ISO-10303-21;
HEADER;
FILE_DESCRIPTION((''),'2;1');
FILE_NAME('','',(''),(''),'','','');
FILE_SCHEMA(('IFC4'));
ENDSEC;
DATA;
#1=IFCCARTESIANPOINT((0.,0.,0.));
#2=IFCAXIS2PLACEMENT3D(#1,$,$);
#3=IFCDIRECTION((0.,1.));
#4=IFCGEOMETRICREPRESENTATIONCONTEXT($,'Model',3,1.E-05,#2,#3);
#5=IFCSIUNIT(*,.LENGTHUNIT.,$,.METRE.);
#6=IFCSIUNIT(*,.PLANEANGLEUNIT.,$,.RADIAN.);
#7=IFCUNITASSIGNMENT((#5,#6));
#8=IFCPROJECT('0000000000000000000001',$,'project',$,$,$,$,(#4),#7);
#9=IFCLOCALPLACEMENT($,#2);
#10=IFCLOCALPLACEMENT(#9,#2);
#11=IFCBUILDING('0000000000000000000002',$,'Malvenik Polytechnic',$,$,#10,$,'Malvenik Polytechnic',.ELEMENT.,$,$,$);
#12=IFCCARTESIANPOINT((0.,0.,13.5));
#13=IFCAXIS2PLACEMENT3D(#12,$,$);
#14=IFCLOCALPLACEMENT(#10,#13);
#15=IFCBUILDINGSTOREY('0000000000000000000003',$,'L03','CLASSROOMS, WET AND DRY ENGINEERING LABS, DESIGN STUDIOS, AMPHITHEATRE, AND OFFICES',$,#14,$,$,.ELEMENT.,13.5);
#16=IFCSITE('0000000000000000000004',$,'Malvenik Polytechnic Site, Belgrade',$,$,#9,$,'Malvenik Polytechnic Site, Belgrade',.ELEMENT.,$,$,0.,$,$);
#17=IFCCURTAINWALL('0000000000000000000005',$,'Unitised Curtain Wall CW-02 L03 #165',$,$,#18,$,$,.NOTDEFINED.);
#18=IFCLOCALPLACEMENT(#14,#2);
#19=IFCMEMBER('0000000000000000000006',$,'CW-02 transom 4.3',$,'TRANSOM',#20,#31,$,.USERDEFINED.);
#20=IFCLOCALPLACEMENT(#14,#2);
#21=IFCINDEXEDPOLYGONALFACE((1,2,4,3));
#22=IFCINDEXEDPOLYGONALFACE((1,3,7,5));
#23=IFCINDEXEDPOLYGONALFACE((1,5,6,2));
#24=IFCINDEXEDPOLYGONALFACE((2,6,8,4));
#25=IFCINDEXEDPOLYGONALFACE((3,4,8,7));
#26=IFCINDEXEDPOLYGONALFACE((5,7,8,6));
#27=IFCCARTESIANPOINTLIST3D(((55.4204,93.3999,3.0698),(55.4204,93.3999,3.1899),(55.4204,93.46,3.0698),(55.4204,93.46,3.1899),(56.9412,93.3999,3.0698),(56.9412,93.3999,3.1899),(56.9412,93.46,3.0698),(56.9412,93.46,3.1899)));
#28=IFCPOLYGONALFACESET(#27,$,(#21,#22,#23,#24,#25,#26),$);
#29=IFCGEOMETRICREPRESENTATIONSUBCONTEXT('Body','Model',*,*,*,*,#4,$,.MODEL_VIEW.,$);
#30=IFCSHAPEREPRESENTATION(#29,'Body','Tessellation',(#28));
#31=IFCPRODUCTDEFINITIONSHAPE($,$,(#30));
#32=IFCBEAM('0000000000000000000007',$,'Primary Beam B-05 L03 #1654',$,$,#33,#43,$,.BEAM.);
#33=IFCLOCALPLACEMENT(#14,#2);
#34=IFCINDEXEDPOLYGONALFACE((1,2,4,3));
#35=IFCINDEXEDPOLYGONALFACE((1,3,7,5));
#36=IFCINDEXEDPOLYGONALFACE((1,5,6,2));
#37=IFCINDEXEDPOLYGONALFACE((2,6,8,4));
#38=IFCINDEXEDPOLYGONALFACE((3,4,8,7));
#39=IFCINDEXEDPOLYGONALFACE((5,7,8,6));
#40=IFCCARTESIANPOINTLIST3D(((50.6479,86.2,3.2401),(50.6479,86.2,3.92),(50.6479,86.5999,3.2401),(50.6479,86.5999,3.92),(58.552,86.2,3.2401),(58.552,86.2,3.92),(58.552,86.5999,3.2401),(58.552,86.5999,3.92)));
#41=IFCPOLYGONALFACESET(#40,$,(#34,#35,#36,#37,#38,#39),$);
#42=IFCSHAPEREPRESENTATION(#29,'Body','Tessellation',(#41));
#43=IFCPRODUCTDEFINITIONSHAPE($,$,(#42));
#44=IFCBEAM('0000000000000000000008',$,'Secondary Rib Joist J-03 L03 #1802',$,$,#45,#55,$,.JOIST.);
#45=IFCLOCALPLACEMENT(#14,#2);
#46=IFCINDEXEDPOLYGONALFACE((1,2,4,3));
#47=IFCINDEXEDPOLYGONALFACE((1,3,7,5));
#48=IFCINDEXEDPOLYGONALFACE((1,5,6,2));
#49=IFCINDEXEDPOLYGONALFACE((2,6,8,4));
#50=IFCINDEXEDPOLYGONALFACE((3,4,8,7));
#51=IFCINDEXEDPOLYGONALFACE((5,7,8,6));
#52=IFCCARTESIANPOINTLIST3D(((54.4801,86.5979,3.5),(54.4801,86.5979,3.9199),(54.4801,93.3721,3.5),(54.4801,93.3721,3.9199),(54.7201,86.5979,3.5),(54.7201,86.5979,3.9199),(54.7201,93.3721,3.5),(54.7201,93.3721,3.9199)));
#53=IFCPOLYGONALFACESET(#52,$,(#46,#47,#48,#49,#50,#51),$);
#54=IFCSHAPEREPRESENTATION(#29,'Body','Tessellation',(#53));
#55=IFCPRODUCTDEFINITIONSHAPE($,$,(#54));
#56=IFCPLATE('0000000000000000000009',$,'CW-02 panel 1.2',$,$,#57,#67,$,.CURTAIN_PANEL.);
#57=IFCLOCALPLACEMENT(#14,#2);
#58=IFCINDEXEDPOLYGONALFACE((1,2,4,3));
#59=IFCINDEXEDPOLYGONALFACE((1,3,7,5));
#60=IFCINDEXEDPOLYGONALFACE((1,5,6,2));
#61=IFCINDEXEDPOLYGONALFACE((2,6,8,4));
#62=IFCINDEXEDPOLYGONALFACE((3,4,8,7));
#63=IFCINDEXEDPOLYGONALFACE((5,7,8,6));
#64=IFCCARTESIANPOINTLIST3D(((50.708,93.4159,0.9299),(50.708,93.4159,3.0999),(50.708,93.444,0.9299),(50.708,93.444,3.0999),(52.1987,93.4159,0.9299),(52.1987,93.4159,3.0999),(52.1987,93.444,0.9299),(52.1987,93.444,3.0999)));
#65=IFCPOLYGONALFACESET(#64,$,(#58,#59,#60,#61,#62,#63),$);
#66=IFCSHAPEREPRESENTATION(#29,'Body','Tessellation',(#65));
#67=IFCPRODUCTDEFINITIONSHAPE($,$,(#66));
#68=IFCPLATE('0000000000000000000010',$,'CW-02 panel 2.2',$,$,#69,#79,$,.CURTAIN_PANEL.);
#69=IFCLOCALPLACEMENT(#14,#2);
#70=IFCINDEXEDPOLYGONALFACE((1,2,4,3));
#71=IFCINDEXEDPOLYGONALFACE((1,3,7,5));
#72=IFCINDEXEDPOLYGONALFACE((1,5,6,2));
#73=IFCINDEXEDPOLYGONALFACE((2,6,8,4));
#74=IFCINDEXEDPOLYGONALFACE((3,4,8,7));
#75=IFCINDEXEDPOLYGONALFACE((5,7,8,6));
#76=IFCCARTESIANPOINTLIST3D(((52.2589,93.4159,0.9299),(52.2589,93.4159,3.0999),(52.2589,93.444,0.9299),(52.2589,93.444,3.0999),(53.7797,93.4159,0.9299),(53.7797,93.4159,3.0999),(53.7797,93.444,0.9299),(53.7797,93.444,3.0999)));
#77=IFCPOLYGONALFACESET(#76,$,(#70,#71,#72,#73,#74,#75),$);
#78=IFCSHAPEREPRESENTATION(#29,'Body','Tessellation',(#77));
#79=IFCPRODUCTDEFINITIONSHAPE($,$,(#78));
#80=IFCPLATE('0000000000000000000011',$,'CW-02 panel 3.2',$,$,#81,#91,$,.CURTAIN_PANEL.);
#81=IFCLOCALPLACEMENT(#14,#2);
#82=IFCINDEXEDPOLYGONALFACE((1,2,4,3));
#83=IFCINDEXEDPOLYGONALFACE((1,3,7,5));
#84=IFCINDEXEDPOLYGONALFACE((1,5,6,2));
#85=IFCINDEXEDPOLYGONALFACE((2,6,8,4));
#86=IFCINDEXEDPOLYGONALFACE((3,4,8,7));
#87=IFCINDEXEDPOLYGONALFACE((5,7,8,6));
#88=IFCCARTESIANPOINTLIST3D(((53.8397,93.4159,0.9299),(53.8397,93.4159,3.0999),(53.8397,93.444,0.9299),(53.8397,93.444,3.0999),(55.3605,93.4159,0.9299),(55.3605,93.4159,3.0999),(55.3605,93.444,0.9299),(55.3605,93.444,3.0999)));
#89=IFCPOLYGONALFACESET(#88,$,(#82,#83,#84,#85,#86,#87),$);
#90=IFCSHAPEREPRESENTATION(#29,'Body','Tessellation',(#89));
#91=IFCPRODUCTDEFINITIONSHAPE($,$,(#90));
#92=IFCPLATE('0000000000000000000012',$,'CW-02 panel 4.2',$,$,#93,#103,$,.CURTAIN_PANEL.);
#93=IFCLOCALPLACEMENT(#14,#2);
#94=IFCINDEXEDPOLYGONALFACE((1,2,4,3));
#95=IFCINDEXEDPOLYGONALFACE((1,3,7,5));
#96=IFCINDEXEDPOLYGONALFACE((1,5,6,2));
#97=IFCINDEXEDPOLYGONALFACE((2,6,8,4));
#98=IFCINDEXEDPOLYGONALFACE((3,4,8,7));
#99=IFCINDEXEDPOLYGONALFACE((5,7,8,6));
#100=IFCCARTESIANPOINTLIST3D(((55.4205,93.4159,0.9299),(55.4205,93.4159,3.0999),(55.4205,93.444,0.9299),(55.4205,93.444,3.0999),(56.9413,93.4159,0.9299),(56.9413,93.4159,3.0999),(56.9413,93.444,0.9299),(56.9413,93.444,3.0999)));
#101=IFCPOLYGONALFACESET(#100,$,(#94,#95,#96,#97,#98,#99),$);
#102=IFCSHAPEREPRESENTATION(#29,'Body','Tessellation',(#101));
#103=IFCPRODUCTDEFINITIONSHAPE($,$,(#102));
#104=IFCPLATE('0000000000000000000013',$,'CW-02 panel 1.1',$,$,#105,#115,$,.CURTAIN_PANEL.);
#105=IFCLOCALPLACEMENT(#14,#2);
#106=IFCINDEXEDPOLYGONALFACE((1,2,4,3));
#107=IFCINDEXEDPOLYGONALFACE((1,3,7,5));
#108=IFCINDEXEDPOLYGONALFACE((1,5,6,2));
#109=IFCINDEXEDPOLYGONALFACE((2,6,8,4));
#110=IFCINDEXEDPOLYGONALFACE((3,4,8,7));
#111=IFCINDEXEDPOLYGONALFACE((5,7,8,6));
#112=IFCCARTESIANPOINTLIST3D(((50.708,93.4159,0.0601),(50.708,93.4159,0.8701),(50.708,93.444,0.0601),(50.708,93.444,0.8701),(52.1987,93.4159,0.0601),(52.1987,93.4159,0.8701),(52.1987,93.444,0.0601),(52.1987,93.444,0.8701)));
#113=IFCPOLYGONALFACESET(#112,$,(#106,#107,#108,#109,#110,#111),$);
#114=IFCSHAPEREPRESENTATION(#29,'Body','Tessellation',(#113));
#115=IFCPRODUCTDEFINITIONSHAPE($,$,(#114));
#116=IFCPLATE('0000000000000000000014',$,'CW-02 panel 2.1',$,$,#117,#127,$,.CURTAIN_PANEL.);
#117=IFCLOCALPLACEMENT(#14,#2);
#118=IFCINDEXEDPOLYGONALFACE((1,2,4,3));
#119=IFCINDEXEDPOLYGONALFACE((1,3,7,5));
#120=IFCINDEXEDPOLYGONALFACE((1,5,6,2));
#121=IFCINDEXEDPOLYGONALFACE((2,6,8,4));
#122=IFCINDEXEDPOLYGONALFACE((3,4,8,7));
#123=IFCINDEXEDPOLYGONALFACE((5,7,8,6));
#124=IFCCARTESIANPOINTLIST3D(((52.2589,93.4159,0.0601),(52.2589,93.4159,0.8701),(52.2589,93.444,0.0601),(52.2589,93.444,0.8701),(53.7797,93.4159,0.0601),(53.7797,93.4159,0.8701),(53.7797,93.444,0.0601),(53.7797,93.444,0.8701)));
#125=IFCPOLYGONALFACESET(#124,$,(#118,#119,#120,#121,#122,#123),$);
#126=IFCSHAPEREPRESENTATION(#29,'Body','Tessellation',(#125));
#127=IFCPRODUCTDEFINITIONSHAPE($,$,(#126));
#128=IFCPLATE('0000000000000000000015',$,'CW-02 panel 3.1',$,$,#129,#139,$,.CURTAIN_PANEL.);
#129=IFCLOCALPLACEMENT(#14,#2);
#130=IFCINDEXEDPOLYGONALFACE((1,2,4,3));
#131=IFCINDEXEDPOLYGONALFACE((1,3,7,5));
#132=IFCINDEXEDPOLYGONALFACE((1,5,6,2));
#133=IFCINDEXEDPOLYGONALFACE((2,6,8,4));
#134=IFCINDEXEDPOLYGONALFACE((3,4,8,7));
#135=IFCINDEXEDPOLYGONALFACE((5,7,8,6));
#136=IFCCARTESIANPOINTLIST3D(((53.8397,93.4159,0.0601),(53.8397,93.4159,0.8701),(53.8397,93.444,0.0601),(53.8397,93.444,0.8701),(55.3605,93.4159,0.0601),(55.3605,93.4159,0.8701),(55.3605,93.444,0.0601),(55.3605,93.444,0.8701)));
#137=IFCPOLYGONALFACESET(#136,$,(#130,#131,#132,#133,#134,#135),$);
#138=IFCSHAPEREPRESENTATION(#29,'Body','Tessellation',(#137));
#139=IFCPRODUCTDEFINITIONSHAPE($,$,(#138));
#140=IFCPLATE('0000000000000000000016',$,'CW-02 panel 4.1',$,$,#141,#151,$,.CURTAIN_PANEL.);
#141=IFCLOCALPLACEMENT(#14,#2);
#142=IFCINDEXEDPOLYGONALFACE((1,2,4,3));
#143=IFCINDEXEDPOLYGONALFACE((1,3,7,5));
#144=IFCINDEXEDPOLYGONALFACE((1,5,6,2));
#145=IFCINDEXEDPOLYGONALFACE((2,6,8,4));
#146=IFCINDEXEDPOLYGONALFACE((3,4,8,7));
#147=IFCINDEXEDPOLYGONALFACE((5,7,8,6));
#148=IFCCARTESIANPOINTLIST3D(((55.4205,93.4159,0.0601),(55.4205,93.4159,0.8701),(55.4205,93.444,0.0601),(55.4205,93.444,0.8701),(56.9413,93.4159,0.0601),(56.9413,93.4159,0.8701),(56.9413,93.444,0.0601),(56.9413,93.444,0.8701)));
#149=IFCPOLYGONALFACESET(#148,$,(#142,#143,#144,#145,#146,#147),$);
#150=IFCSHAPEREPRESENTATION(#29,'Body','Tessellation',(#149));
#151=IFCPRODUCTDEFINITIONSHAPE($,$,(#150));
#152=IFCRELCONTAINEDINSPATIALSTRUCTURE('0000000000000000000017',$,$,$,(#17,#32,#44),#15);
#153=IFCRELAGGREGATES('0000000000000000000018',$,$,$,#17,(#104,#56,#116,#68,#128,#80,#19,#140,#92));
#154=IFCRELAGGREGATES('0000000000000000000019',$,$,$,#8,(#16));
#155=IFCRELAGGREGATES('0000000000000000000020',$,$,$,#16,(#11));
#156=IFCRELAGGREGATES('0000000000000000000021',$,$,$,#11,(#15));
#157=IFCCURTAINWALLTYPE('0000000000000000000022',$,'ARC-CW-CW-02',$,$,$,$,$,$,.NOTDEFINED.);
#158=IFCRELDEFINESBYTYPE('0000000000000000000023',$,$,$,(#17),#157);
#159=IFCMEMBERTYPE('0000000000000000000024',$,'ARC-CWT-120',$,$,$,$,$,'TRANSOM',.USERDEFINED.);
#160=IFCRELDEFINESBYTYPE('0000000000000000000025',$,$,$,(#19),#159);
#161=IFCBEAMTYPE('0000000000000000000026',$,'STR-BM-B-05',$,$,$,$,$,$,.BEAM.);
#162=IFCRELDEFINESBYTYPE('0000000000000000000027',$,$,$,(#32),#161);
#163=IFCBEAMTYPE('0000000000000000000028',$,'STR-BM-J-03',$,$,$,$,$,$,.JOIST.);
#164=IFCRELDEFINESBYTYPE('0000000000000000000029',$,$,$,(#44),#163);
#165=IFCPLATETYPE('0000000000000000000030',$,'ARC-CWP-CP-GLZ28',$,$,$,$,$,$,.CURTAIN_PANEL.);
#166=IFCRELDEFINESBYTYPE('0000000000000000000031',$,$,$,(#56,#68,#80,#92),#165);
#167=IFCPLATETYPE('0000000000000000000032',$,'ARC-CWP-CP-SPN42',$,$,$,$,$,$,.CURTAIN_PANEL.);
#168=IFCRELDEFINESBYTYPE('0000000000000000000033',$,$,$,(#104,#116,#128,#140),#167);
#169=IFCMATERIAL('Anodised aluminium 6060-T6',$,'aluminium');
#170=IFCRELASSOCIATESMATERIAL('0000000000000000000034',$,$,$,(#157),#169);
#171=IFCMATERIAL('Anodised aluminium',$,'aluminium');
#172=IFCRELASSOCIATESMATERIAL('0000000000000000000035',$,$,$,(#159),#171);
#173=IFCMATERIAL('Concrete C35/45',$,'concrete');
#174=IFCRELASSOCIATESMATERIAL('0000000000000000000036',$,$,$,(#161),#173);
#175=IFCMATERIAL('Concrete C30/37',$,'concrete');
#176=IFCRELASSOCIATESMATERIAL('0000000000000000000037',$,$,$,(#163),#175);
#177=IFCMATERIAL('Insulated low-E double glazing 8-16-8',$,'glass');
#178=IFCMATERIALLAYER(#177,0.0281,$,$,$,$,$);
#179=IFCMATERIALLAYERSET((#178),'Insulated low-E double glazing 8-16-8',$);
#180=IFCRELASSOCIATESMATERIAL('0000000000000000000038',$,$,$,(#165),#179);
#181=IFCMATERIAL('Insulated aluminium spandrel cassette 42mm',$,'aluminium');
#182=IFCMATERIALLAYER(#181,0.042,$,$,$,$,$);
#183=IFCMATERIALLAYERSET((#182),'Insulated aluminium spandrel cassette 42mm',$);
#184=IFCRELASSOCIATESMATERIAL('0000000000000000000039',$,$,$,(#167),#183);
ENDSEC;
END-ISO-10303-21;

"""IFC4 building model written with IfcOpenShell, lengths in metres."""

from ifc_helpers import new_model, si_unit, direction, frame, origin, origin_2d, place, context, subcontext, project, spatial, rectangle, extrude, material, layer, layer_set, material_profile, profile_set, type_object, element, aggregate, save


model = new_model("IFC4")

# Units and contexts
model_context = context("Model", 3, precision=1e-05, world=origin(), true_north=direction((0.0, 1.0)))
body_context = subcontext(model_context, "Body", "Model", "MODEL_VIEW")
ifc_project = project(units=[si_unit("LENGTHUNIT", "METRE"), si_unit("PLANEANGLEUNIT", "RADIAN")], contexts=[model_context])

# Site, building, storey
site_placement = place(None, origin())
site = spatial("IfcSite", under=ifc_project, at=site_placement, Name="Malvenik Polytechnic Site, Belgrade", LongName="Malvenik Polytechnic Site, Belgrade", CompositionType="ELEMENT", RefElevation=0.0)
building_placement = place(site_placement, origin())
building = spatial("IfcBuilding", under=site, at=building_placement, Name="Malvenik Polytechnic", LongName="Malvenik Polytechnic", CompositionType="ELEMENT")
storey_placement = place(building_placement, frame((0.0, 0.0, 13.5)))
storey = spatial("IfcBuildingStorey", under=building, at=storey_placement, Name="L03", Description="CLASSROOMS, WET AND DRY ENGINEERING LABS, DESIGN STUDIOS, AMPHITHEATRE, AND OFFICES", CompositionType="ELEMENT", Elevation=13.5)

# Curtain wall, member
ifc_material_1 = material(Name="Anodised aluminium 6060-T6", Category="aluminium")
curtain_wall_type = type_object("IfcCurtainWallType", Name="ARC-CW-CW-02", PredefinedType="NOTDEFINED", material=ifc_material_1)
curtain_wall_placement = place(storey_placement, origin())
curtain_wall = element("IfcCurtainWall", 1, at=curtain_wall_placement, inside=storey, type_object=curtain_wall_type, Name="Unitised Curtain Wall CW-02 L03 #165", PredefinedType="NOTDEFINED")
ifc_material_2 = material(Name="Anodised aluminium", Category="aluminium")
ifc_material_profile_1 = material_profile(ifc_material_2, rectangle(XDim=0.0601, YDim=0.1201, at=origin_2d()), Name="ALU TRANSOM 60x120")
ifc_profile_set_1 = profile_set([ifc_material_profile_1], Name="Anodised aluminium")
member_type_1 = type_object("IfcMemberType", Name="ARC-CWT-120", ElementType="TRANSOM", PredefinedType="USERDEFINED", material=ifc_profile_set_1)
member_1_placement = place(storey_placement, frame((55.4204, 93.4299, 3.1299), z_axis=(1.0, 0.0, 0.0), x_axis=(0.0, 1.0, 0.0)))
member_1 = element("IfcMember", 2, at=member_1_placement, type_object=member_type_1, Name="CW-02 transom 4.3", ObjectType="TRANSOM", PredefinedType="USERDEFINED", context=body_context, shape_type="SweptSolid", body=[
    extrude(rectangle(XDim=0.0601, YDim=0.1201, at=origin_2d()), origin(), (0.0, 0.0, 1.0), 1.5208),
])

# Beams
ifc_material_3 = material(Name="Concrete C35/45", Category="concrete")
ifc_material_profile_2 = material_profile(ifc_material_3, rectangle(XDim=0.3999, YDim=0.6799, at=origin_2d()), Name="RC BM 400x680")
ifc_profile_set_2 = profile_set([ifc_material_profile_2], Name="Concrete C35/45")
beam_type_1 = type_object("IfcBeamType", Name="STR-BM-B-05", PredefinedType="BEAM", material=ifc_profile_set_2)
beam_1_placement = place(storey_placement, frame((50.6479, 86.3999, 3.5801), z_axis=(1.0, 0.0, 0.0), x_axis=(0.0, 1.0, 0.0)))
element("IfcBeam", 3, at=beam_1_placement, inside=storey, type_object=beam_type_1, Name="Primary Beam B-05 L03 #1654", PredefinedType="BEAM", context=body_context, shape_type="SweptSolid", body=[
    extrude(rectangle(XDim=0.3999, YDim=0.6799, at=origin_2d()), origin(), (0.0, 0.0, 1.0), 7.9041),
])
ifc_material_4 = material(Name="Concrete C30/37", Category="concrete")
ifc_material_profile_3 = material_profile(ifc_material_4, rectangle(XDim=0.24, YDim=0.4199, at=origin_2d()), Name="RC JST 240x420")
ifc_profile_set_3 = profile_set([ifc_material_profile_3], Name="Concrete C30/37")
beam_type_2 = type_object("IfcBeamType", Name="STR-BM-J-03", PredefinedType="JOIST", material=ifc_profile_set_3)
beam_2_placement = place(storey_placement, frame((54.6001, 86.5979, 3.71), z_axis=(0.0, 1.0, 0.0), x_axis=(-1.0, 0.0, 0.0)))
element("IfcBeam", 4, at=beam_2_placement, inside=storey, type_object=beam_type_2, Name="Secondary Rib Joist J-03 L03 #1802", PredefinedType="JOIST", context=body_context, shape_type="SweptSolid", body=[
    extrude(rectangle(XDim=0.24, YDim=0.4199, at=origin_2d()), origin(), (0.0, 0.0, 1.0), 6.7742),
])

# Plates
ifc_material_5 = material(Name="Insulated low-E double glazing 8-16-8", Category="glass")
ifc_layer_1 = layer(ifc_material_5, 0.0281)
ifc_layer_set_1 = layer_set([ifc_layer_1], Name="Insulated low-E double glazing 8-16-8")
plate_type_1 = type_object("IfcPlateType", Name="ARC-CWP-CP-GLZ28", PredefinedType="CURTAIN_PANEL", material=ifc_layer_set_1)
plate_1_placement = place(storey_placement, frame((51.4534, 93.4299, 0.9299), z_axis=(0.0, 0.0, 1.0), x_axis=(1.0, 0.0, 0.0)))
plate_1 = element("IfcPlate", 5, at=plate_1_placement, type_object=plate_type_1, Name="CW-02 panel 1.2", PredefinedType="CURTAIN_PANEL", context=body_context, shape_type="SweptSolid", body=[
    extrude(rectangle(XDim=1.4907, YDim=0.0281, at=origin_2d()), origin(), (0.0, 0.0, 1.0), 2.1699),
])
plate_2_placement = place(storey_placement, frame((53.0193, 93.4299, 0.9299), z_axis=(0.0, 0.0, 1.0), x_axis=(1.0, 0.0, 0.0)))
plate_2 = element("IfcPlate", 6, at=plate_2_placement, type_object=plate_type_1, Name="CW-02 panel 2.2", PredefinedType="CURTAIN_PANEL", context=body_context, shape_type="SweptSolid", body=[
    extrude(rectangle(XDim=1.5208, YDim=0.0281, at=origin_2d()), origin(), (0.0, 0.0, 1.0), 2.1699),
])
plate_3_placement = place(storey_placement, frame((54.6001, 93.4299, 0.9299), z_axis=(0.0, 0.0, 1.0), x_axis=(1.0, 0.0, 0.0)))
plate_3 = element("IfcPlate", 7, at=plate_3_placement, type_object=plate_type_1, Name="CW-02 panel 3.2", PredefinedType="CURTAIN_PANEL", context=body_context, shape_type="SweptSolid", body=[
    extrude(rectangle(XDim=1.5208, YDim=0.0281, at=origin_2d()), origin(), (0.0, 0.0, 1.0), 2.1699),
])
plate_4_placement = place(storey_placement, frame((56.1809, 93.4299, 0.9299), z_axis=(0.0, 0.0, 1.0), x_axis=(1.0, 0.0, 0.0)))
plate_4 = element("IfcPlate", 8, at=plate_4_placement, type_object=plate_type_1, Name="CW-02 panel 4.2", PredefinedType="CURTAIN_PANEL", context=body_context, shape_type="SweptSolid", body=[
    extrude(rectangle(XDim=1.5208, YDim=0.0281, at=origin_2d()), origin(), (0.0, 0.0, 1.0), 2.1699),
])
ifc_material_6 = material(Name="Insulated aluminium spandrel cassette 42mm", Category="aluminium")
ifc_layer_2 = layer(ifc_material_6, 0.042)
ifc_layer_set_2 = layer_set([ifc_layer_2], Name="Insulated aluminium spandrel cassette 42mm")
plate_type_2 = type_object("IfcPlateType", Name="ARC-CWP-CP-SPN42", PredefinedType="CURTAIN_PANEL", material=ifc_layer_set_2)
plate_5_placement = place(storey_placement, frame((51.4534, 93.4299, 0.0601), z_axis=(0.0, 0.0, 1.0), x_axis=(1.0, 0.0, 0.0)))
plate_5 = element("IfcPlate", 9, at=plate_5_placement, type_object=plate_type_2, Name="CW-02 panel 1.1", PredefinedType="CURTAIN_PANEL", context=body_context, shape_type="SweptSolid", body=[
    extrude(rectangle(XDim=1.4907, YDim=0.0281, at=origin_2d()), origin(), (0.0, 0.0, 1.0), 0.8101),
])
plate_6_placement = place(storey_placement, frame((53.0193, 93.4299, 0.0601), z_axis=(0.0, 0.0, 1.0), x_axis=(1.0, 0.0, 0.0)))
plate_6 = element("IfcPlate", 10, at=plate_6_placement, type_object=plate_type_2, Name="CW-02 panel 2.1", PredefinedType="CURTAIN_PANEL", context=body_context, shape_type="SweptSolid", body=[
    extrude(rectangle(XDim=1.5208, YDim=0.0281, at=origin_2d()), origin(), (0.0, 0.0, 1.0), 0.8101),
])
plate_7_placement = place(storey_placement, frame((54.6001, 93.4299, 0.0601), z_axis=(0.0, 0.0, 1.0), x_axis=(1.0, 0.0, 0.0)))
plate_7 = element("IfcPlate", 11, at=plate_7_placement, type_object=plate_type_2, Name="CW-02 panel 3.1", PredefinedType="CURTAIN_PANEL", context=body_context, shape_type="SweptSolid", body=[
    extrude(rectangle(XDim=1.5208, YDim=0.0281, at=origin_2d()), origin(), (0.0, 0.0, 1.0), 0.8101),
])
plate_8_placement = place(storey_placement, frame((56.1809, 93.4299, 0.0601), z_axis=(0.0, 0.0, 1.0), x_axis=(1.0, 0.0, 0.0)))
plate_8 = element("IfcPlate", 12, at=plate_8_placement, type_object=plate_type_2, Name="CW-02 panel 4.1", PredefinedType="CURTAIN_PANEL", context=body_context, shape_type="SweptSolid", body=[
    extrude(rectangle(XDim=1.5208, YDim=0.0281, at=origin_2d()), origin(), (0.0, 0.0, 1.0), 0.8101),
])
aggregate(curtain_wall, [plate_5, plate_1, plate_6, plate_2, plate_7, plate_3, member_1, plate_8, plate_4])

save(model, "model.ifc")
